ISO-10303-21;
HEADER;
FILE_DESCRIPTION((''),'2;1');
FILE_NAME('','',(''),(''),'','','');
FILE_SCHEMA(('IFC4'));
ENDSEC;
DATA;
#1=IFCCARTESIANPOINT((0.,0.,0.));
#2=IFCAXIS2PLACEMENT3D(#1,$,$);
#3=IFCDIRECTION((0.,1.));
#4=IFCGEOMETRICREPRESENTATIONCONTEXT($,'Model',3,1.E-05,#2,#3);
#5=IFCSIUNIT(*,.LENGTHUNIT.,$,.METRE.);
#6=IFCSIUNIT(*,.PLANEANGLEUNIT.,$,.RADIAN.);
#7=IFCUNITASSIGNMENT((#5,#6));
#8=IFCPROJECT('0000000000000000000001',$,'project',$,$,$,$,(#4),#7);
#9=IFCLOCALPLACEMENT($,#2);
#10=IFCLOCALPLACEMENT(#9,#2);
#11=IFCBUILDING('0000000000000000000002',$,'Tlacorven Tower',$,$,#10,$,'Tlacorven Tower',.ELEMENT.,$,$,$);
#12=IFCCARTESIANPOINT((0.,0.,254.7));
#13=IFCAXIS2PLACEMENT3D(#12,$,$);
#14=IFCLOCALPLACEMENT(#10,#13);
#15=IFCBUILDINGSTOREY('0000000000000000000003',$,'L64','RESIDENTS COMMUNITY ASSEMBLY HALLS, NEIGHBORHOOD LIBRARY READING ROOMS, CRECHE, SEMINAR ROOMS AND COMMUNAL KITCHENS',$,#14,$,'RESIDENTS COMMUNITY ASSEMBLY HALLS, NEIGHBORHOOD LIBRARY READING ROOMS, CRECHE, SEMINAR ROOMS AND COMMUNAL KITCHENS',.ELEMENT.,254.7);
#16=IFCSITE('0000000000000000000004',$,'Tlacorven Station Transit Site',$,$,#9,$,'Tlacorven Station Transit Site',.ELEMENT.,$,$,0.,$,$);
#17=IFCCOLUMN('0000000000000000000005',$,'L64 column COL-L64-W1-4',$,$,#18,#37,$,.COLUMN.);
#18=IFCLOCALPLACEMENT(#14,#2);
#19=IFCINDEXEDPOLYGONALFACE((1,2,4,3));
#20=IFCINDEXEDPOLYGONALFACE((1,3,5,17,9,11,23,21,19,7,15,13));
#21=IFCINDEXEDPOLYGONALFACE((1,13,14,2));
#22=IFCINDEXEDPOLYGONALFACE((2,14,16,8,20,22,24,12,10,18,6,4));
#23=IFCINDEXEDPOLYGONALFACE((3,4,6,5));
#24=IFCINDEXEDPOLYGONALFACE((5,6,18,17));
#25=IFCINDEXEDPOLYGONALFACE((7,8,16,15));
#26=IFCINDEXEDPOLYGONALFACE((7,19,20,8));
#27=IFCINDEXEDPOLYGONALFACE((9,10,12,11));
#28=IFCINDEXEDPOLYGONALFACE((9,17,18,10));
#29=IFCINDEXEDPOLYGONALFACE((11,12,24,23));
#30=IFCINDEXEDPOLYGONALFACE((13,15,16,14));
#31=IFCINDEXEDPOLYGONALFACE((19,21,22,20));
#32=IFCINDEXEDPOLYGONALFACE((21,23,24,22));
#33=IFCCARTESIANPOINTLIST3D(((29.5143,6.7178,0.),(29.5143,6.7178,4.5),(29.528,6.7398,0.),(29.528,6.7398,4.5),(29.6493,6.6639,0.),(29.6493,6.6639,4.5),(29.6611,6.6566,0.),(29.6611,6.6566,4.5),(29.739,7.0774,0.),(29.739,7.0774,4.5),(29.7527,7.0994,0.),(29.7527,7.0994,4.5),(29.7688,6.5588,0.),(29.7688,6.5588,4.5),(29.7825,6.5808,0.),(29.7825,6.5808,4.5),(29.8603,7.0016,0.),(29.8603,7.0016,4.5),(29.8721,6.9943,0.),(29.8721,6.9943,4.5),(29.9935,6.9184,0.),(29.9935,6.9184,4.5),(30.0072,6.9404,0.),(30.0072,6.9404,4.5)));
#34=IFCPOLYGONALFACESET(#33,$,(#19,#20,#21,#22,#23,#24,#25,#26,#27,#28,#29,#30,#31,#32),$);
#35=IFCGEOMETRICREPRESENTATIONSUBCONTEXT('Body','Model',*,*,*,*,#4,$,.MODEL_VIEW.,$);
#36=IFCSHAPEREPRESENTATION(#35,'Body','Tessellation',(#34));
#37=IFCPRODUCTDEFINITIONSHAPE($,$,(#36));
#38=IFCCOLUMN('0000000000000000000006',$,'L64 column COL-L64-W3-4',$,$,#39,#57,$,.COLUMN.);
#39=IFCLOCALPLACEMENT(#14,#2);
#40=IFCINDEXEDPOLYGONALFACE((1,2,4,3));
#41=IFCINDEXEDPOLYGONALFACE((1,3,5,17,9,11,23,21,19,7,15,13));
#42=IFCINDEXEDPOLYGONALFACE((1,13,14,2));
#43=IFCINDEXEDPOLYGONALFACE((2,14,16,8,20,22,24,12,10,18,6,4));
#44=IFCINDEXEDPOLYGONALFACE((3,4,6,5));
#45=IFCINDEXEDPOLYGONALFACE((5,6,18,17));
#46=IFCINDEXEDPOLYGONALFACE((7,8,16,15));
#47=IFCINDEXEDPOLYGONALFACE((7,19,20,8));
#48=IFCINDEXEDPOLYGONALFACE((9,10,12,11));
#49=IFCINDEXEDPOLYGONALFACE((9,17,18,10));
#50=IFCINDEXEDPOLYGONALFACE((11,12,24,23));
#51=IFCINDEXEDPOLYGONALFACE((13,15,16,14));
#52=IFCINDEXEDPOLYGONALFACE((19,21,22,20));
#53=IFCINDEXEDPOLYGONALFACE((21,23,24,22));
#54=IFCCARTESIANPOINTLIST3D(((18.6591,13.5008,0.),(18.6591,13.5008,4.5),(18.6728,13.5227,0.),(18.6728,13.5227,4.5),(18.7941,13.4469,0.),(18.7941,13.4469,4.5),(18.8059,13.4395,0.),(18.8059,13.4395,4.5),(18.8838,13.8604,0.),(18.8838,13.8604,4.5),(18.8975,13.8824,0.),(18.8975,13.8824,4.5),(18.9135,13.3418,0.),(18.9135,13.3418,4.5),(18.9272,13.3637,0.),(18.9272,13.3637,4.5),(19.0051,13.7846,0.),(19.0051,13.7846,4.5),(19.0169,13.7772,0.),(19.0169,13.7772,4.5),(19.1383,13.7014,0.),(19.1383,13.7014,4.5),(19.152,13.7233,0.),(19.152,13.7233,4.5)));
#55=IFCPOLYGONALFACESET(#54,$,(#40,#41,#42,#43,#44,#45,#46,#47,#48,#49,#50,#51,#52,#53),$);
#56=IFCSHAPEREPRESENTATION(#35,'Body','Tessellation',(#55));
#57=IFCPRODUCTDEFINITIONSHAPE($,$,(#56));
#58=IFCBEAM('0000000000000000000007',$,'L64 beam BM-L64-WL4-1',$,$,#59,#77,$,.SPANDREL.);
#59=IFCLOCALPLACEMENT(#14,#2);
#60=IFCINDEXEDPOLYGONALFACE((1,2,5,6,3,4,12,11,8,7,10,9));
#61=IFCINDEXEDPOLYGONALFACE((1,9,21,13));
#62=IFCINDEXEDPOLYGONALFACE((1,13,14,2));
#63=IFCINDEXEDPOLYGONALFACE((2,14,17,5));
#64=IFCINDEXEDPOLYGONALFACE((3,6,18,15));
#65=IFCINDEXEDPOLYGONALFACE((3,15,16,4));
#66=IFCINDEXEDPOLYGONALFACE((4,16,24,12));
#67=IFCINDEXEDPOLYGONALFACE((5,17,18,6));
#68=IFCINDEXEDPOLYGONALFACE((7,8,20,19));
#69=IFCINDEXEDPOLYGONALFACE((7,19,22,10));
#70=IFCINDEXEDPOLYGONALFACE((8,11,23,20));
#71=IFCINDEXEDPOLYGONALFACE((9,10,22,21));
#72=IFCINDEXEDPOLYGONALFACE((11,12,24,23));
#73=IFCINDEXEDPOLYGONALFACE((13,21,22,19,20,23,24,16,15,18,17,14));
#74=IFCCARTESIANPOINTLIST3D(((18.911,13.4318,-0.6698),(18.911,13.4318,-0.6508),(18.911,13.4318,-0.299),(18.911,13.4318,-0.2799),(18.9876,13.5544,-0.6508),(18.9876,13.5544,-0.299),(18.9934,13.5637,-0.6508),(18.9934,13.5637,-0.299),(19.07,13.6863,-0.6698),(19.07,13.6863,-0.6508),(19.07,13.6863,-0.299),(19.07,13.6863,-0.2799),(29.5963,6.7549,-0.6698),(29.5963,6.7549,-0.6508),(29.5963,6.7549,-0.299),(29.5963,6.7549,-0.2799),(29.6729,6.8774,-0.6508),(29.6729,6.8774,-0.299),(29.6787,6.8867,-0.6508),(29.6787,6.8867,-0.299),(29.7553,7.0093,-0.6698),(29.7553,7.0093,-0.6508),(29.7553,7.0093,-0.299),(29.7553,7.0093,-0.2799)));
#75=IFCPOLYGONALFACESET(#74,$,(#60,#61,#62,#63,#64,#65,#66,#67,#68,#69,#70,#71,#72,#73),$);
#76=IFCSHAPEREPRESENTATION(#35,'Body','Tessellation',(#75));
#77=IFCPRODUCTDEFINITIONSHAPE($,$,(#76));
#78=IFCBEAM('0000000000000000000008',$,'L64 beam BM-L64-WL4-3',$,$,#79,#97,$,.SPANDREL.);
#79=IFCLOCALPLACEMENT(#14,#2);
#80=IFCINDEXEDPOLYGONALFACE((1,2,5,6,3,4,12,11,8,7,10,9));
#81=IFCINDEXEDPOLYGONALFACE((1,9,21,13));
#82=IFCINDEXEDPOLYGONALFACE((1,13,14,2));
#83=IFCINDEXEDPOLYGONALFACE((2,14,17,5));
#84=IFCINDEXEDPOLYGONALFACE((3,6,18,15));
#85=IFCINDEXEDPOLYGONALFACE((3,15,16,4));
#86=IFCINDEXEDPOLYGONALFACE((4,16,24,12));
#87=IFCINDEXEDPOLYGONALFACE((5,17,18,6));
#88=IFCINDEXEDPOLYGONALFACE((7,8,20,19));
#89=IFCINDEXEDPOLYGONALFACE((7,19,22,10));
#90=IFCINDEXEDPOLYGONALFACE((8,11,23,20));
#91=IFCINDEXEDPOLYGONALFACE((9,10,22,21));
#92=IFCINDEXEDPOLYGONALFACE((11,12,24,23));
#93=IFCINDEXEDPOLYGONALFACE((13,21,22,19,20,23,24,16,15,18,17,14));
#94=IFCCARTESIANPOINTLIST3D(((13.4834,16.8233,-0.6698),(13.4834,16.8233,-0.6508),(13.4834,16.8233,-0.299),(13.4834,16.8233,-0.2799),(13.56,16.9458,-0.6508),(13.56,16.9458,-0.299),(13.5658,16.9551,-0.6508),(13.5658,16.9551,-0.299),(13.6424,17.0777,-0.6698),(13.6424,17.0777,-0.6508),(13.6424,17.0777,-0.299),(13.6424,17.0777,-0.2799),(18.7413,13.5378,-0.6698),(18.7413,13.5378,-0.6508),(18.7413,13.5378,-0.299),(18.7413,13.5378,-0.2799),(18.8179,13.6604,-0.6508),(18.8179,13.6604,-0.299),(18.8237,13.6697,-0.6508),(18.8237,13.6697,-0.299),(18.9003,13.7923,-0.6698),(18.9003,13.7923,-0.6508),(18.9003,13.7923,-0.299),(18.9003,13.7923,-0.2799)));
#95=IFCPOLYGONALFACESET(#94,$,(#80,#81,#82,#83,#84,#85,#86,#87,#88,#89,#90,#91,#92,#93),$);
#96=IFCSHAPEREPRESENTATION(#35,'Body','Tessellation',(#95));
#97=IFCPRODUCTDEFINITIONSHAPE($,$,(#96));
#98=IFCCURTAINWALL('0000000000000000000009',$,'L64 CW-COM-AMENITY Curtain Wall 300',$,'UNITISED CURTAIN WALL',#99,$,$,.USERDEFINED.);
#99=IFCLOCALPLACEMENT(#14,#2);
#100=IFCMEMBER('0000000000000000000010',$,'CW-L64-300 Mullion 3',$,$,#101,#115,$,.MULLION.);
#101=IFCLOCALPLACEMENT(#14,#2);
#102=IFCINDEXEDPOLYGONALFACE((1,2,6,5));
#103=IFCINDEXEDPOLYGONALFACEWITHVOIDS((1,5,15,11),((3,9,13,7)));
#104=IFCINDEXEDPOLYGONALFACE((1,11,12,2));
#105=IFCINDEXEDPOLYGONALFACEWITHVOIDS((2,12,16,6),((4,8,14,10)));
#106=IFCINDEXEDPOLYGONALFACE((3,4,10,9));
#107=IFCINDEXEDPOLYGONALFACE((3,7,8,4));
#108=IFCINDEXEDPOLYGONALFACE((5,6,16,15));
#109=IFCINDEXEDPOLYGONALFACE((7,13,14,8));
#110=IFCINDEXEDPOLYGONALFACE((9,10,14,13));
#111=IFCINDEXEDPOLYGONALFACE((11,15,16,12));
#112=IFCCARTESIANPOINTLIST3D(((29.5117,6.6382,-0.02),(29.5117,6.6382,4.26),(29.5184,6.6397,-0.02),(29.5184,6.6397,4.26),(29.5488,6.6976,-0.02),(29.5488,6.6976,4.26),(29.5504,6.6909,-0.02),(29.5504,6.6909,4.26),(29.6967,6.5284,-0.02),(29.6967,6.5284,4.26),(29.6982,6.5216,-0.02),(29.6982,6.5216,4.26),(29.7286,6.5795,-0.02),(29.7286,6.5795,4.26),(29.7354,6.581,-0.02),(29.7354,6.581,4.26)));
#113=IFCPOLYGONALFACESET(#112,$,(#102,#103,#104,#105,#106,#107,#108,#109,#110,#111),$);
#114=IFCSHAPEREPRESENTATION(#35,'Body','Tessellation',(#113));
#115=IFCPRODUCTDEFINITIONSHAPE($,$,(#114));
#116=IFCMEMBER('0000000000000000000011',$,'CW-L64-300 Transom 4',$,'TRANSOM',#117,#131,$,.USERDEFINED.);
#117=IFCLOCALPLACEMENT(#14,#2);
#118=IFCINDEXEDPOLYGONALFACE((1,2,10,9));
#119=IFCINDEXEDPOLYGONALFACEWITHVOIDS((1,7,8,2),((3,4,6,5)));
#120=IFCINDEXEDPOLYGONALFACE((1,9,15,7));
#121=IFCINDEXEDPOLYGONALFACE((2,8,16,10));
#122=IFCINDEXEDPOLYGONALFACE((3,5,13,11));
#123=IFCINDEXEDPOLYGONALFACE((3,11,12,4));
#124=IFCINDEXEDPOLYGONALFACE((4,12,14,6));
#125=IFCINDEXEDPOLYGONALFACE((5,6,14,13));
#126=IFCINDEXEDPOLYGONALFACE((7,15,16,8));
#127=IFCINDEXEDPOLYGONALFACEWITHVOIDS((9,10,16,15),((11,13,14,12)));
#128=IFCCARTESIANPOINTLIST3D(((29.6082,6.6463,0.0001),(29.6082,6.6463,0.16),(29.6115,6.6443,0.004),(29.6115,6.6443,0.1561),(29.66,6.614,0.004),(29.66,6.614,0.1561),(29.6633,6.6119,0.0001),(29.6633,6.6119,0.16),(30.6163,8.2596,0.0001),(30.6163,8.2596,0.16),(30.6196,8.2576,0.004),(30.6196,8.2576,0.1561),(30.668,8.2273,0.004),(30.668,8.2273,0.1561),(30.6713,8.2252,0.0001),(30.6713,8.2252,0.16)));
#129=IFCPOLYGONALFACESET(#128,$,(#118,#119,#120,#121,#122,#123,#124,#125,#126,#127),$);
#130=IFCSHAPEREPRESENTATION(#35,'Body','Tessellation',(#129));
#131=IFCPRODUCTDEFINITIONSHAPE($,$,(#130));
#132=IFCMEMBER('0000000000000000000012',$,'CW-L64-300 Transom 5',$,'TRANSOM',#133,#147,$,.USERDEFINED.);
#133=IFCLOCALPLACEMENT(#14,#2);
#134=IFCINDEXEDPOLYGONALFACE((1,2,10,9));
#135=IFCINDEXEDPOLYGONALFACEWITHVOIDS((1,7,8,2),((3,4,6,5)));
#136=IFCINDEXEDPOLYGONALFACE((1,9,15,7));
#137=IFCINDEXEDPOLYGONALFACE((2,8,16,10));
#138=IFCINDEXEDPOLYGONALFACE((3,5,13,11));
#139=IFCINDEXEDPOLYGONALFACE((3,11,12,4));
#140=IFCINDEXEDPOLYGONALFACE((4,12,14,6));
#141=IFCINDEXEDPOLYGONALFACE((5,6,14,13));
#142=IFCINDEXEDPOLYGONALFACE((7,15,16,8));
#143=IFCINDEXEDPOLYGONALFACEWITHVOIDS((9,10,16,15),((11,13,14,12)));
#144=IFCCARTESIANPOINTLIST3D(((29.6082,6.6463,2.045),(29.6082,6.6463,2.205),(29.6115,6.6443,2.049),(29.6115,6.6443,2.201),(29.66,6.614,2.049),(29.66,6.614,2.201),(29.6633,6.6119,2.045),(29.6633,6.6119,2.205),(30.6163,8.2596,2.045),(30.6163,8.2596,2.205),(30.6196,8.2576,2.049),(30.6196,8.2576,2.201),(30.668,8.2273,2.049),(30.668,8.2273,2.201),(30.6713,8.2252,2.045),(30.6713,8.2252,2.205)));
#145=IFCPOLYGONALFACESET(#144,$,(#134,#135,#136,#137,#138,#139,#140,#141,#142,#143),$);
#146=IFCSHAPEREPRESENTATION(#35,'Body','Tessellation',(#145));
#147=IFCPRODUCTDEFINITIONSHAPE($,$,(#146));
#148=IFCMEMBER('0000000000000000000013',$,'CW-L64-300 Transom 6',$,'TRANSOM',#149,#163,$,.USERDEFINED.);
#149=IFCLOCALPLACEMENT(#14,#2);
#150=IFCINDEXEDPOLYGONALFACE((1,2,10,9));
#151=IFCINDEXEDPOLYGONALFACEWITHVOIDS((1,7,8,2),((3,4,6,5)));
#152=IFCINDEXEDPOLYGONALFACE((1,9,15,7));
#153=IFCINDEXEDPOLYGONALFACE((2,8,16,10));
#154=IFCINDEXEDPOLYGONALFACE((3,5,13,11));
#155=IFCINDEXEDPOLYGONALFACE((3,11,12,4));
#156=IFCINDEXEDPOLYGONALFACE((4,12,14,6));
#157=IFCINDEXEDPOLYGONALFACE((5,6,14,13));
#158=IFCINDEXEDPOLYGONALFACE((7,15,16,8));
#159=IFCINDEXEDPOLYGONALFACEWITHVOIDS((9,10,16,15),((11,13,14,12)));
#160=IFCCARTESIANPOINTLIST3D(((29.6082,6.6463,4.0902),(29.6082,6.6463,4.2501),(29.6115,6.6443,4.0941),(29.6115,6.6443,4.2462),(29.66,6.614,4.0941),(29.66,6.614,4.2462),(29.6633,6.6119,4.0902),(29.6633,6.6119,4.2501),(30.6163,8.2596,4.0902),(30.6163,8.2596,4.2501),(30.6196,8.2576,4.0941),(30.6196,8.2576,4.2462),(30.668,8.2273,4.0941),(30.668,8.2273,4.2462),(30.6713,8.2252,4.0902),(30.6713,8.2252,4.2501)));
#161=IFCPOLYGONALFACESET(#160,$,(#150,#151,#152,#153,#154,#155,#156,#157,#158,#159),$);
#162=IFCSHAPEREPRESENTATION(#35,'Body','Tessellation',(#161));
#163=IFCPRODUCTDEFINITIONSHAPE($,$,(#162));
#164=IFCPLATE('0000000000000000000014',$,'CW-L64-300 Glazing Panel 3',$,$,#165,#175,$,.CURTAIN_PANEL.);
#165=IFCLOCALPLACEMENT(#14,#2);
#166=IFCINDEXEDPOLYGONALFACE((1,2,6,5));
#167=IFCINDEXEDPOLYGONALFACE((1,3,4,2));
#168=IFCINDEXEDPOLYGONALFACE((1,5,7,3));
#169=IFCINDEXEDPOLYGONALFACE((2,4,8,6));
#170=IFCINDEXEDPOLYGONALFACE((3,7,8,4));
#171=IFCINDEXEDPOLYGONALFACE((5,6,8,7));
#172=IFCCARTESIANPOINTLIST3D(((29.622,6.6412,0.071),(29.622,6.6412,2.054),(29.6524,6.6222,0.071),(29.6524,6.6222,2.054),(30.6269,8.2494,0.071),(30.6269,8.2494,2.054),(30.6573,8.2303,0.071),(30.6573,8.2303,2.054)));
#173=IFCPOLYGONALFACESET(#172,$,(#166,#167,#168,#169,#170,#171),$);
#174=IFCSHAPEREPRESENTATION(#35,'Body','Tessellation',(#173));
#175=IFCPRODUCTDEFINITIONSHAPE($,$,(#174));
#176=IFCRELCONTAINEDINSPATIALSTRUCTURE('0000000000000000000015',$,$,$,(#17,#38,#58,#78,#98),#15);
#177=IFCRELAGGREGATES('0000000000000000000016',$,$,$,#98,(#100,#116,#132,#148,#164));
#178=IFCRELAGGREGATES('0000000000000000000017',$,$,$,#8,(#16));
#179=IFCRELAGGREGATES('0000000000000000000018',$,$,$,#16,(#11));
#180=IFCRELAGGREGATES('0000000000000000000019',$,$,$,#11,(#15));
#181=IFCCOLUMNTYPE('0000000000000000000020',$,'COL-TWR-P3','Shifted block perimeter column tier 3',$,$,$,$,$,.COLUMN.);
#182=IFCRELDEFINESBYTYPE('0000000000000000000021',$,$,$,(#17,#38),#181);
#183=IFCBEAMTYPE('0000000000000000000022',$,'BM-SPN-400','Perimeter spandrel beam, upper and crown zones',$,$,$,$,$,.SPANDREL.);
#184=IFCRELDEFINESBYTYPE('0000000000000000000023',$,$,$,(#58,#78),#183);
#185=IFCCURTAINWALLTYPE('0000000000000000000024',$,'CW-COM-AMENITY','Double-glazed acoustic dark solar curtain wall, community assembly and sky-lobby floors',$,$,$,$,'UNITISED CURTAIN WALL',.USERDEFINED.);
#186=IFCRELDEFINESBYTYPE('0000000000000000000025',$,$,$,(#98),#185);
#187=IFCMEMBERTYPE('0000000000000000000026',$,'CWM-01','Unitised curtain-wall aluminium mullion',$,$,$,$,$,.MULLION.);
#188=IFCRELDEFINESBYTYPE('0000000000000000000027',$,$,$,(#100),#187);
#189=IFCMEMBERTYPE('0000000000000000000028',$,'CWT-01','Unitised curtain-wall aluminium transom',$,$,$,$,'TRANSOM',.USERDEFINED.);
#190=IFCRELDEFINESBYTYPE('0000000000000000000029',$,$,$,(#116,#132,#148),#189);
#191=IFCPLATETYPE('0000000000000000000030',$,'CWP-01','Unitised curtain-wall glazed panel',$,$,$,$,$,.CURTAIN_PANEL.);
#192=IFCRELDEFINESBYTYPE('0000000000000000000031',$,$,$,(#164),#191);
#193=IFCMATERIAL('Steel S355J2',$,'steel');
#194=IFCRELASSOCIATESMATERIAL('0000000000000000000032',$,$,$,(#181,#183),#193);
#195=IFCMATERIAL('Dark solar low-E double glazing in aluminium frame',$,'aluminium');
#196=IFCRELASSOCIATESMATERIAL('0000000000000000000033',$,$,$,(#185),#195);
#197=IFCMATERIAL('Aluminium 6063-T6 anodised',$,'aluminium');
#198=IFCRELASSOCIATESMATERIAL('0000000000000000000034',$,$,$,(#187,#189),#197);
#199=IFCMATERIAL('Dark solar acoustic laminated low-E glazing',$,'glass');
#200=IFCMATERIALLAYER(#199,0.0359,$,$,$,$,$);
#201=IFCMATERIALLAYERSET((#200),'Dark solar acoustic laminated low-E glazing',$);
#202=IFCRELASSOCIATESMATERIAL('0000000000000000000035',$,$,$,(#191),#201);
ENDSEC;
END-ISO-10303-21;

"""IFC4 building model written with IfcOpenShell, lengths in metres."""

from ifc_helpers import new_model, si_unit, direction, frame, origin, origin_2d, place, context, subcontext, project, spatial, rectangle, hollow_rectangle, i_section, extrude, source, transform, mapped, material, layer, layer_set, material_profile, profile_set, type_object, element, aggregate, save


model = new_model("IFC4")

# Units and contexts
model_context = context("Model", 3, precision=1e-05, world=origin(), true_north=direction((0.0, 1.0)))
body_context = subcontext(model_context, "Body", "Model", "MODEL_VIEW")
ifc_project = project(units=[si_unit("LENGTHUNIT", "METRE"), si_unit("PLANEANGLEUNIT", "RADIAN")], contexts=[model_context])

# Site, building, storey
site_placement = place(None, origin())
site = spatial("IfcSite", under=ifc_project, at=site_placement, Name="Tlacorven Station Transit Site", LongName="Tlacorven Station Transit Site", CompositionType="ELEMENT", RefElevation=0.0)
building_placement = place(site_placement, origin())
building = spatial("IfcBuilding", under=site, at=building_placement, Name="Tlacorven Tower", LongName="Tlacorven Tower", CompositionType="ELEMENT")
storey_placement = place(building_placement, frame((0.0, 0.0, 254.7)))
storey = spatial("IfcBuildingStorey", under=building, at=storey_placement, Name="L64", Description="RESIDENTS COMMUNITY ASSEMBLY HALLS, NEIGHBORHOOD LIBRARY READING ROOMS, CRECHE, SEMINAR ROOMS AND COMMUNAL KITCHENS", LongName="RESIDENTS COMMUNITY ASSEMBLY HALLS, NEIGHBORHOOD LIBRARY READING ROOMS, CRECHE, SEMINAR ROOMS AND COMMUNAL KITCHENS", CompositionType="ELEMENT", Elevation=254.7)

# Columns
ifc_material_1 = material(Name="Steel S355J2", Category="steel")
ifc_material_profile_1 = material_profile(ifc_material_1, i_section(OverallWidth=0.3, OverallDepth=0.45, WebThickness=0.0139, FlangeThickness=0.0259, at=origin_2d()), Name="HEB 450")
ifc_profile_set_1 = profile_set([ifc_material_profile_1], Name="Steel S355J2")
column_type = type_object("IfcColumnType", Name="COL-TWR-P3", Description="Shifted block perimeter column tier 3", PredefinedType="COLUMN", material=ifc_profile_set_1)
shared_shape_1 = source(origin(), body_context, "Body", "SweptSolid", [
    extrude(i_section(OverallWidth=0.3, OverallDepth=0.45, WebThickness=0.0139, FlangeThickness=0.0259, at=origin_2d()), origin(), (0.0, 0.0, 1.0), 4.5),
])
for number, where, z_axis, x_axis, name in (
    (1, (29.7607, 6.8291, 0.0), (0.0, 0.0, 1.0), (-0.848048, 0.529919, 0.0), "L64 column COL-L64-W1-4"),
    (2, (18.9055, 13.6121, 0.0), (0.0, 0.0, 1.0), (-0.848048, 0.529919, 0.0), "L64 column COL-L64-W3-4"),
):
    element("IfcColumn", number, at=place(storey_placement, frame(where, z_axis=z_axis, x_axis=x_axis)), inside=storey, type_object=column_type, Name=name, PredefinedType="COLUMN", context=body_context, shape_type="MappedRepresentation", body=[
        mapped(shared_shape_1, transform((0.0, 0.0, 0.0), scale=1.0)),
    ])

# Beams
ifc_material_profile_2 = material_profile(ifc_material_1, i_section(OverallWidth=0.3, OverallDepth=0.3899, WebThickness=0.011, FlangeThickness=0.019, at=origin_2d()), Name="HEA 400")
ifc_profile_set_2 = profile_set([ifc_material_profile_2], Name="Steel S355J2")
beam_type = type_object("IfcBeamType", Name="BM-SPN-400", Description="Perimeter spandrel beam, upper and crown zones", PredefinedType="SPANDREL", material=ifc_profile_set_2)
shared_shape_2 = source(origin(), body_context, "Body", "SweptSolid", [
    extrude(i_section(OverallWidth=0.3, OverallDepth=0.3899, WebThickness=0.011, FlangeThickness=0.019, at=origin_2d()), origin(), (0.0, 0.0, 1.0), 12.5999),
])
beam_1_placement = place(storey_placement, frame((29.6758, 6.8821, -0.4749), z_axis=(-0.848045, 0.529924, 0.0), x_axis=(-0.529924, -0.848045, 0.0)))
element("IfcBeam", 3, at=beam_1_placement, inside=storey, type_object=beam_type, Name="L64 beam BM-L64-WL4-1", PredefinedType="SPANDREL", context=body_context, shape_type="MappedRepresentation", body=[
    mapped(shared_shape_2, transform((0.0, 0.0, 0.0), scale=1.0)),
])
shared_shape_3 = source(origin(), body_context, "Body", "SweptSolid", [
    extrude(i_section(OverallWidth=0.3, OverallDepth=0.3899, WebThickness=0.011, FlangeThickness=0.019, at=origin_2d()), origin(), (0.0, 0.0, 1.0), 6.2),
])
beam_2_placement = place(storey_placement, frame((18.8208, 13.665, -0.4749), z_axis=(-0.848051, 0.529914, 0.0), x_axis=(-0.529914, -0.848051, 0.0)))
element("IfcBeam", 4, at=beam_2_placement, inside=storey, type_object=beam_type, Name="L64 beam BM-L64-WL4-3", PredefinedType="SPANDREL", context=body_context, shape_type="MappedRepresentation", body=[
    mapped(shared_shape_3, transform((0.0, 0.0, 0.0), scale=1.0)),
])

# Curtain wall, members, plate
ifc_material_2 = material(Name="Dark solar low-E double glazing in aluminium frame", Category="aluminium")
curtain_wall_type = type_object("IfcCurtainWallType", Name="CW-COM-AMENITY", Description="Double-glazed acoustic dark solar curtain wall, community assembly and sky-lobby floors", ElementType="UNITISED CURTAIN WALL", PredefinedType="USERDEFINED", material=ifc_material_2)
curtain_wall_placement = place(storey_placement, origin())
curtain_wall = element("IfcCurtainWall", 5, at=curtain_wall_placement, inside=storey, type_object=curtain_wall_type, Name="L64 CW-COM-AMENITY Curtain Wall 300", ObjectType="UNITISED CURTAIN WALL", PredefinedType="USERDEFINED")
ifc_material_3 = material(Name="Aluminium 6063-T6 anodised", Category="aluminium")
ifc_material_profile_3 = material_profile(ifc_material_3, hollow_rectangle(XDim=0.0701, YDim=0.22, WallThickness=0.0049, at=origin_2d()), Name="ALU MULLION 70X220")
ifc_profile_set_3 = profile_set([ifc_material_profile_3], Name="Aluminium 6063-T6 anodised")
member_type_1 = type_object("IfcMemberType", Name="CWM-01", Description="Unitised curtain-wall aluminium mullion", PredefinedType="MULLION", material=ifc_profile_set_3)
shared_shape_4 = source(origin(), body_context, "Body", "SweptSolid", [
    extrude(hollow_rectangle(XDim=0.0701, YDim=0.22, WallThickness=0.0049, at=origin_2d()), origin(), (0.0, 0.0, 1.0), 4.28),
])
member_1_placement = place(storey_placement, frame((29.6235, 6.6096, -0.02), z_axis=(0.0, 0.0, 1.0), x_axis=(-0.529919, -0.848048, 0.0)))
member_1 = element("IfcMember", 6, at=member_1_placement, type_object=member_type_1, Name="CW-L64-300 Mullion 3", PredefinedType="MULLION", context=body_context, shape_type="MappedRepresentation", body=[
    mapped(shared_shape_4, transform((0.0, 0.0, 0.0), scale=1.0)),
])
ifc_material_profile_4 = material_profile(ifc_material_3, hollow_rectangle(XDim=0.0649, YDim=0.1599, WallThickness=0.0039, at=origin_2d()), Name="ALU TRANSOM 65X160")
ifc_profile_set_4 = profile_set([ifc_material_profile_4], Name="Aluminium 6063-T6 anodised")
member_type_2 = type_object("IfcMemberType", Name="CWT-01", Description="Unitised curtain-wall aluminium transom", ElementType="TRANSOM", PredefinedType="USERDEFINED", material=ifc_profile_set_4)
shared_shape_5 = source(origin(), body_context, "Body", "SweptSolid", [
    extrude(hollow_rectangle(XDim=0.0649, YDim=0.1599, WallThickness=0.0039, at=origin_2d()), origin(), (0.0, 0.0, 1.0), 1.9023),
])
member_2_placement = place(storey_placement, frame((30.6438, 8.2424, 0.0801), z_axis=(-0.529907, -0.848056, 0.0), x_axis=(0.848056, -0.529907, 0.0)))
member_2 = element("IfcMember", 7, at=member_2_placement, type_object=member_type_2, Name="CW-L64-300 Transom 4", ObjectType="TRANSOM", PredefinedType="USERDEFINED", context=body_context, shape_type="MappedRepresentation", body=[
    mapped(shared_shape_5, transform((0.0, 0.0, 0.0), scale=1.0)),
])
member_3_placement = place(storey_placement, frame((30.6438, 8.2424, 2.125), z_axis=(-0.529907, -0.848056, 0.0), x_axis=(0.848056, -0.529907, 0.0)))
member_3 = element("IfcMember", 8, at=member_3_placement, type_object=member_type_2, Name="CW-L64-300 Transom 5", ObjectType="TRANSOM", PredefinedType="USERDEFINED", context=body_context, shape_type="MappedRepresentation", body=[
    mapped(shared_shape_5, transform((0.0, 0.0, 0.0), scale=1.0)),
])
member_4_placement = place(storey_placement, frame((30.6438, 8.2424, 4.1702), z_axis=(-0.529907, -0.848056, 0.0), x_axis=(0.848056, -0.529907, 0.0)))
member_4 = element("IfcMember", 9, at=member_4_placement, type_object=member_type_2, Name="CW-L64-300 Transom 6", ObjectType="TRANSOM", PredefinedType="USERDEFINED", context=body_context, shape_type="MappedRepresentation", body=[
    mapped(shared_shape_5, transform((0.0, 0.0, 0.0), scale=1.0)),
])
ifc_material_4 = material(Name="Dark solar acoustic laminated low-E glazing", Category="glass")
ifc_layer_1 = layer(ifc_material_4, 0.0359)
ifc_layer_set_1 = layer_set([ifc_layer_1], Name="Dark solar acoustic laminated low-E glazing")
plate_type = type_object("IfcPlateType", Name="CWP-01", Description="Unitised curtain-wall glazed panel", PredefinedType="CURTAIN_PANEL", material=ifc_layer_set_1)
shared_shape_6 = source(origin(), body_context, "Body", "SweptSolid", [
    extrude(rectangle(XDim=1.8962, YDim=0.0359, at=origin_2d()), origin(), (0.0, 0.0, 1.0), 1.9829),
])
plate_1_placement = place(storey_placement, frame((30.1396, 7.4358, 0.071), z_axis=(0.0, 0.0, 1.0), x_axis=(-0.529919, -0.848048, 0.0)))
plate_1 = element("IfcPlate", 10, at=plate_1_placement, type_object=plate_type, Name="CW-L64-300 Glazing Panel 3", PredefinedType="CURTAIN_PANEL", context=body_context, shape_type="MappedRepresentation", body=[
    mapped(shared_shape_6, transform((0.0, 0.0, 0.0), scale=1.0)),
])
aggregate(curtain_wall, [member_1, member_2, member_3, member_4, plate_1])

save(model, "model.ifc")
